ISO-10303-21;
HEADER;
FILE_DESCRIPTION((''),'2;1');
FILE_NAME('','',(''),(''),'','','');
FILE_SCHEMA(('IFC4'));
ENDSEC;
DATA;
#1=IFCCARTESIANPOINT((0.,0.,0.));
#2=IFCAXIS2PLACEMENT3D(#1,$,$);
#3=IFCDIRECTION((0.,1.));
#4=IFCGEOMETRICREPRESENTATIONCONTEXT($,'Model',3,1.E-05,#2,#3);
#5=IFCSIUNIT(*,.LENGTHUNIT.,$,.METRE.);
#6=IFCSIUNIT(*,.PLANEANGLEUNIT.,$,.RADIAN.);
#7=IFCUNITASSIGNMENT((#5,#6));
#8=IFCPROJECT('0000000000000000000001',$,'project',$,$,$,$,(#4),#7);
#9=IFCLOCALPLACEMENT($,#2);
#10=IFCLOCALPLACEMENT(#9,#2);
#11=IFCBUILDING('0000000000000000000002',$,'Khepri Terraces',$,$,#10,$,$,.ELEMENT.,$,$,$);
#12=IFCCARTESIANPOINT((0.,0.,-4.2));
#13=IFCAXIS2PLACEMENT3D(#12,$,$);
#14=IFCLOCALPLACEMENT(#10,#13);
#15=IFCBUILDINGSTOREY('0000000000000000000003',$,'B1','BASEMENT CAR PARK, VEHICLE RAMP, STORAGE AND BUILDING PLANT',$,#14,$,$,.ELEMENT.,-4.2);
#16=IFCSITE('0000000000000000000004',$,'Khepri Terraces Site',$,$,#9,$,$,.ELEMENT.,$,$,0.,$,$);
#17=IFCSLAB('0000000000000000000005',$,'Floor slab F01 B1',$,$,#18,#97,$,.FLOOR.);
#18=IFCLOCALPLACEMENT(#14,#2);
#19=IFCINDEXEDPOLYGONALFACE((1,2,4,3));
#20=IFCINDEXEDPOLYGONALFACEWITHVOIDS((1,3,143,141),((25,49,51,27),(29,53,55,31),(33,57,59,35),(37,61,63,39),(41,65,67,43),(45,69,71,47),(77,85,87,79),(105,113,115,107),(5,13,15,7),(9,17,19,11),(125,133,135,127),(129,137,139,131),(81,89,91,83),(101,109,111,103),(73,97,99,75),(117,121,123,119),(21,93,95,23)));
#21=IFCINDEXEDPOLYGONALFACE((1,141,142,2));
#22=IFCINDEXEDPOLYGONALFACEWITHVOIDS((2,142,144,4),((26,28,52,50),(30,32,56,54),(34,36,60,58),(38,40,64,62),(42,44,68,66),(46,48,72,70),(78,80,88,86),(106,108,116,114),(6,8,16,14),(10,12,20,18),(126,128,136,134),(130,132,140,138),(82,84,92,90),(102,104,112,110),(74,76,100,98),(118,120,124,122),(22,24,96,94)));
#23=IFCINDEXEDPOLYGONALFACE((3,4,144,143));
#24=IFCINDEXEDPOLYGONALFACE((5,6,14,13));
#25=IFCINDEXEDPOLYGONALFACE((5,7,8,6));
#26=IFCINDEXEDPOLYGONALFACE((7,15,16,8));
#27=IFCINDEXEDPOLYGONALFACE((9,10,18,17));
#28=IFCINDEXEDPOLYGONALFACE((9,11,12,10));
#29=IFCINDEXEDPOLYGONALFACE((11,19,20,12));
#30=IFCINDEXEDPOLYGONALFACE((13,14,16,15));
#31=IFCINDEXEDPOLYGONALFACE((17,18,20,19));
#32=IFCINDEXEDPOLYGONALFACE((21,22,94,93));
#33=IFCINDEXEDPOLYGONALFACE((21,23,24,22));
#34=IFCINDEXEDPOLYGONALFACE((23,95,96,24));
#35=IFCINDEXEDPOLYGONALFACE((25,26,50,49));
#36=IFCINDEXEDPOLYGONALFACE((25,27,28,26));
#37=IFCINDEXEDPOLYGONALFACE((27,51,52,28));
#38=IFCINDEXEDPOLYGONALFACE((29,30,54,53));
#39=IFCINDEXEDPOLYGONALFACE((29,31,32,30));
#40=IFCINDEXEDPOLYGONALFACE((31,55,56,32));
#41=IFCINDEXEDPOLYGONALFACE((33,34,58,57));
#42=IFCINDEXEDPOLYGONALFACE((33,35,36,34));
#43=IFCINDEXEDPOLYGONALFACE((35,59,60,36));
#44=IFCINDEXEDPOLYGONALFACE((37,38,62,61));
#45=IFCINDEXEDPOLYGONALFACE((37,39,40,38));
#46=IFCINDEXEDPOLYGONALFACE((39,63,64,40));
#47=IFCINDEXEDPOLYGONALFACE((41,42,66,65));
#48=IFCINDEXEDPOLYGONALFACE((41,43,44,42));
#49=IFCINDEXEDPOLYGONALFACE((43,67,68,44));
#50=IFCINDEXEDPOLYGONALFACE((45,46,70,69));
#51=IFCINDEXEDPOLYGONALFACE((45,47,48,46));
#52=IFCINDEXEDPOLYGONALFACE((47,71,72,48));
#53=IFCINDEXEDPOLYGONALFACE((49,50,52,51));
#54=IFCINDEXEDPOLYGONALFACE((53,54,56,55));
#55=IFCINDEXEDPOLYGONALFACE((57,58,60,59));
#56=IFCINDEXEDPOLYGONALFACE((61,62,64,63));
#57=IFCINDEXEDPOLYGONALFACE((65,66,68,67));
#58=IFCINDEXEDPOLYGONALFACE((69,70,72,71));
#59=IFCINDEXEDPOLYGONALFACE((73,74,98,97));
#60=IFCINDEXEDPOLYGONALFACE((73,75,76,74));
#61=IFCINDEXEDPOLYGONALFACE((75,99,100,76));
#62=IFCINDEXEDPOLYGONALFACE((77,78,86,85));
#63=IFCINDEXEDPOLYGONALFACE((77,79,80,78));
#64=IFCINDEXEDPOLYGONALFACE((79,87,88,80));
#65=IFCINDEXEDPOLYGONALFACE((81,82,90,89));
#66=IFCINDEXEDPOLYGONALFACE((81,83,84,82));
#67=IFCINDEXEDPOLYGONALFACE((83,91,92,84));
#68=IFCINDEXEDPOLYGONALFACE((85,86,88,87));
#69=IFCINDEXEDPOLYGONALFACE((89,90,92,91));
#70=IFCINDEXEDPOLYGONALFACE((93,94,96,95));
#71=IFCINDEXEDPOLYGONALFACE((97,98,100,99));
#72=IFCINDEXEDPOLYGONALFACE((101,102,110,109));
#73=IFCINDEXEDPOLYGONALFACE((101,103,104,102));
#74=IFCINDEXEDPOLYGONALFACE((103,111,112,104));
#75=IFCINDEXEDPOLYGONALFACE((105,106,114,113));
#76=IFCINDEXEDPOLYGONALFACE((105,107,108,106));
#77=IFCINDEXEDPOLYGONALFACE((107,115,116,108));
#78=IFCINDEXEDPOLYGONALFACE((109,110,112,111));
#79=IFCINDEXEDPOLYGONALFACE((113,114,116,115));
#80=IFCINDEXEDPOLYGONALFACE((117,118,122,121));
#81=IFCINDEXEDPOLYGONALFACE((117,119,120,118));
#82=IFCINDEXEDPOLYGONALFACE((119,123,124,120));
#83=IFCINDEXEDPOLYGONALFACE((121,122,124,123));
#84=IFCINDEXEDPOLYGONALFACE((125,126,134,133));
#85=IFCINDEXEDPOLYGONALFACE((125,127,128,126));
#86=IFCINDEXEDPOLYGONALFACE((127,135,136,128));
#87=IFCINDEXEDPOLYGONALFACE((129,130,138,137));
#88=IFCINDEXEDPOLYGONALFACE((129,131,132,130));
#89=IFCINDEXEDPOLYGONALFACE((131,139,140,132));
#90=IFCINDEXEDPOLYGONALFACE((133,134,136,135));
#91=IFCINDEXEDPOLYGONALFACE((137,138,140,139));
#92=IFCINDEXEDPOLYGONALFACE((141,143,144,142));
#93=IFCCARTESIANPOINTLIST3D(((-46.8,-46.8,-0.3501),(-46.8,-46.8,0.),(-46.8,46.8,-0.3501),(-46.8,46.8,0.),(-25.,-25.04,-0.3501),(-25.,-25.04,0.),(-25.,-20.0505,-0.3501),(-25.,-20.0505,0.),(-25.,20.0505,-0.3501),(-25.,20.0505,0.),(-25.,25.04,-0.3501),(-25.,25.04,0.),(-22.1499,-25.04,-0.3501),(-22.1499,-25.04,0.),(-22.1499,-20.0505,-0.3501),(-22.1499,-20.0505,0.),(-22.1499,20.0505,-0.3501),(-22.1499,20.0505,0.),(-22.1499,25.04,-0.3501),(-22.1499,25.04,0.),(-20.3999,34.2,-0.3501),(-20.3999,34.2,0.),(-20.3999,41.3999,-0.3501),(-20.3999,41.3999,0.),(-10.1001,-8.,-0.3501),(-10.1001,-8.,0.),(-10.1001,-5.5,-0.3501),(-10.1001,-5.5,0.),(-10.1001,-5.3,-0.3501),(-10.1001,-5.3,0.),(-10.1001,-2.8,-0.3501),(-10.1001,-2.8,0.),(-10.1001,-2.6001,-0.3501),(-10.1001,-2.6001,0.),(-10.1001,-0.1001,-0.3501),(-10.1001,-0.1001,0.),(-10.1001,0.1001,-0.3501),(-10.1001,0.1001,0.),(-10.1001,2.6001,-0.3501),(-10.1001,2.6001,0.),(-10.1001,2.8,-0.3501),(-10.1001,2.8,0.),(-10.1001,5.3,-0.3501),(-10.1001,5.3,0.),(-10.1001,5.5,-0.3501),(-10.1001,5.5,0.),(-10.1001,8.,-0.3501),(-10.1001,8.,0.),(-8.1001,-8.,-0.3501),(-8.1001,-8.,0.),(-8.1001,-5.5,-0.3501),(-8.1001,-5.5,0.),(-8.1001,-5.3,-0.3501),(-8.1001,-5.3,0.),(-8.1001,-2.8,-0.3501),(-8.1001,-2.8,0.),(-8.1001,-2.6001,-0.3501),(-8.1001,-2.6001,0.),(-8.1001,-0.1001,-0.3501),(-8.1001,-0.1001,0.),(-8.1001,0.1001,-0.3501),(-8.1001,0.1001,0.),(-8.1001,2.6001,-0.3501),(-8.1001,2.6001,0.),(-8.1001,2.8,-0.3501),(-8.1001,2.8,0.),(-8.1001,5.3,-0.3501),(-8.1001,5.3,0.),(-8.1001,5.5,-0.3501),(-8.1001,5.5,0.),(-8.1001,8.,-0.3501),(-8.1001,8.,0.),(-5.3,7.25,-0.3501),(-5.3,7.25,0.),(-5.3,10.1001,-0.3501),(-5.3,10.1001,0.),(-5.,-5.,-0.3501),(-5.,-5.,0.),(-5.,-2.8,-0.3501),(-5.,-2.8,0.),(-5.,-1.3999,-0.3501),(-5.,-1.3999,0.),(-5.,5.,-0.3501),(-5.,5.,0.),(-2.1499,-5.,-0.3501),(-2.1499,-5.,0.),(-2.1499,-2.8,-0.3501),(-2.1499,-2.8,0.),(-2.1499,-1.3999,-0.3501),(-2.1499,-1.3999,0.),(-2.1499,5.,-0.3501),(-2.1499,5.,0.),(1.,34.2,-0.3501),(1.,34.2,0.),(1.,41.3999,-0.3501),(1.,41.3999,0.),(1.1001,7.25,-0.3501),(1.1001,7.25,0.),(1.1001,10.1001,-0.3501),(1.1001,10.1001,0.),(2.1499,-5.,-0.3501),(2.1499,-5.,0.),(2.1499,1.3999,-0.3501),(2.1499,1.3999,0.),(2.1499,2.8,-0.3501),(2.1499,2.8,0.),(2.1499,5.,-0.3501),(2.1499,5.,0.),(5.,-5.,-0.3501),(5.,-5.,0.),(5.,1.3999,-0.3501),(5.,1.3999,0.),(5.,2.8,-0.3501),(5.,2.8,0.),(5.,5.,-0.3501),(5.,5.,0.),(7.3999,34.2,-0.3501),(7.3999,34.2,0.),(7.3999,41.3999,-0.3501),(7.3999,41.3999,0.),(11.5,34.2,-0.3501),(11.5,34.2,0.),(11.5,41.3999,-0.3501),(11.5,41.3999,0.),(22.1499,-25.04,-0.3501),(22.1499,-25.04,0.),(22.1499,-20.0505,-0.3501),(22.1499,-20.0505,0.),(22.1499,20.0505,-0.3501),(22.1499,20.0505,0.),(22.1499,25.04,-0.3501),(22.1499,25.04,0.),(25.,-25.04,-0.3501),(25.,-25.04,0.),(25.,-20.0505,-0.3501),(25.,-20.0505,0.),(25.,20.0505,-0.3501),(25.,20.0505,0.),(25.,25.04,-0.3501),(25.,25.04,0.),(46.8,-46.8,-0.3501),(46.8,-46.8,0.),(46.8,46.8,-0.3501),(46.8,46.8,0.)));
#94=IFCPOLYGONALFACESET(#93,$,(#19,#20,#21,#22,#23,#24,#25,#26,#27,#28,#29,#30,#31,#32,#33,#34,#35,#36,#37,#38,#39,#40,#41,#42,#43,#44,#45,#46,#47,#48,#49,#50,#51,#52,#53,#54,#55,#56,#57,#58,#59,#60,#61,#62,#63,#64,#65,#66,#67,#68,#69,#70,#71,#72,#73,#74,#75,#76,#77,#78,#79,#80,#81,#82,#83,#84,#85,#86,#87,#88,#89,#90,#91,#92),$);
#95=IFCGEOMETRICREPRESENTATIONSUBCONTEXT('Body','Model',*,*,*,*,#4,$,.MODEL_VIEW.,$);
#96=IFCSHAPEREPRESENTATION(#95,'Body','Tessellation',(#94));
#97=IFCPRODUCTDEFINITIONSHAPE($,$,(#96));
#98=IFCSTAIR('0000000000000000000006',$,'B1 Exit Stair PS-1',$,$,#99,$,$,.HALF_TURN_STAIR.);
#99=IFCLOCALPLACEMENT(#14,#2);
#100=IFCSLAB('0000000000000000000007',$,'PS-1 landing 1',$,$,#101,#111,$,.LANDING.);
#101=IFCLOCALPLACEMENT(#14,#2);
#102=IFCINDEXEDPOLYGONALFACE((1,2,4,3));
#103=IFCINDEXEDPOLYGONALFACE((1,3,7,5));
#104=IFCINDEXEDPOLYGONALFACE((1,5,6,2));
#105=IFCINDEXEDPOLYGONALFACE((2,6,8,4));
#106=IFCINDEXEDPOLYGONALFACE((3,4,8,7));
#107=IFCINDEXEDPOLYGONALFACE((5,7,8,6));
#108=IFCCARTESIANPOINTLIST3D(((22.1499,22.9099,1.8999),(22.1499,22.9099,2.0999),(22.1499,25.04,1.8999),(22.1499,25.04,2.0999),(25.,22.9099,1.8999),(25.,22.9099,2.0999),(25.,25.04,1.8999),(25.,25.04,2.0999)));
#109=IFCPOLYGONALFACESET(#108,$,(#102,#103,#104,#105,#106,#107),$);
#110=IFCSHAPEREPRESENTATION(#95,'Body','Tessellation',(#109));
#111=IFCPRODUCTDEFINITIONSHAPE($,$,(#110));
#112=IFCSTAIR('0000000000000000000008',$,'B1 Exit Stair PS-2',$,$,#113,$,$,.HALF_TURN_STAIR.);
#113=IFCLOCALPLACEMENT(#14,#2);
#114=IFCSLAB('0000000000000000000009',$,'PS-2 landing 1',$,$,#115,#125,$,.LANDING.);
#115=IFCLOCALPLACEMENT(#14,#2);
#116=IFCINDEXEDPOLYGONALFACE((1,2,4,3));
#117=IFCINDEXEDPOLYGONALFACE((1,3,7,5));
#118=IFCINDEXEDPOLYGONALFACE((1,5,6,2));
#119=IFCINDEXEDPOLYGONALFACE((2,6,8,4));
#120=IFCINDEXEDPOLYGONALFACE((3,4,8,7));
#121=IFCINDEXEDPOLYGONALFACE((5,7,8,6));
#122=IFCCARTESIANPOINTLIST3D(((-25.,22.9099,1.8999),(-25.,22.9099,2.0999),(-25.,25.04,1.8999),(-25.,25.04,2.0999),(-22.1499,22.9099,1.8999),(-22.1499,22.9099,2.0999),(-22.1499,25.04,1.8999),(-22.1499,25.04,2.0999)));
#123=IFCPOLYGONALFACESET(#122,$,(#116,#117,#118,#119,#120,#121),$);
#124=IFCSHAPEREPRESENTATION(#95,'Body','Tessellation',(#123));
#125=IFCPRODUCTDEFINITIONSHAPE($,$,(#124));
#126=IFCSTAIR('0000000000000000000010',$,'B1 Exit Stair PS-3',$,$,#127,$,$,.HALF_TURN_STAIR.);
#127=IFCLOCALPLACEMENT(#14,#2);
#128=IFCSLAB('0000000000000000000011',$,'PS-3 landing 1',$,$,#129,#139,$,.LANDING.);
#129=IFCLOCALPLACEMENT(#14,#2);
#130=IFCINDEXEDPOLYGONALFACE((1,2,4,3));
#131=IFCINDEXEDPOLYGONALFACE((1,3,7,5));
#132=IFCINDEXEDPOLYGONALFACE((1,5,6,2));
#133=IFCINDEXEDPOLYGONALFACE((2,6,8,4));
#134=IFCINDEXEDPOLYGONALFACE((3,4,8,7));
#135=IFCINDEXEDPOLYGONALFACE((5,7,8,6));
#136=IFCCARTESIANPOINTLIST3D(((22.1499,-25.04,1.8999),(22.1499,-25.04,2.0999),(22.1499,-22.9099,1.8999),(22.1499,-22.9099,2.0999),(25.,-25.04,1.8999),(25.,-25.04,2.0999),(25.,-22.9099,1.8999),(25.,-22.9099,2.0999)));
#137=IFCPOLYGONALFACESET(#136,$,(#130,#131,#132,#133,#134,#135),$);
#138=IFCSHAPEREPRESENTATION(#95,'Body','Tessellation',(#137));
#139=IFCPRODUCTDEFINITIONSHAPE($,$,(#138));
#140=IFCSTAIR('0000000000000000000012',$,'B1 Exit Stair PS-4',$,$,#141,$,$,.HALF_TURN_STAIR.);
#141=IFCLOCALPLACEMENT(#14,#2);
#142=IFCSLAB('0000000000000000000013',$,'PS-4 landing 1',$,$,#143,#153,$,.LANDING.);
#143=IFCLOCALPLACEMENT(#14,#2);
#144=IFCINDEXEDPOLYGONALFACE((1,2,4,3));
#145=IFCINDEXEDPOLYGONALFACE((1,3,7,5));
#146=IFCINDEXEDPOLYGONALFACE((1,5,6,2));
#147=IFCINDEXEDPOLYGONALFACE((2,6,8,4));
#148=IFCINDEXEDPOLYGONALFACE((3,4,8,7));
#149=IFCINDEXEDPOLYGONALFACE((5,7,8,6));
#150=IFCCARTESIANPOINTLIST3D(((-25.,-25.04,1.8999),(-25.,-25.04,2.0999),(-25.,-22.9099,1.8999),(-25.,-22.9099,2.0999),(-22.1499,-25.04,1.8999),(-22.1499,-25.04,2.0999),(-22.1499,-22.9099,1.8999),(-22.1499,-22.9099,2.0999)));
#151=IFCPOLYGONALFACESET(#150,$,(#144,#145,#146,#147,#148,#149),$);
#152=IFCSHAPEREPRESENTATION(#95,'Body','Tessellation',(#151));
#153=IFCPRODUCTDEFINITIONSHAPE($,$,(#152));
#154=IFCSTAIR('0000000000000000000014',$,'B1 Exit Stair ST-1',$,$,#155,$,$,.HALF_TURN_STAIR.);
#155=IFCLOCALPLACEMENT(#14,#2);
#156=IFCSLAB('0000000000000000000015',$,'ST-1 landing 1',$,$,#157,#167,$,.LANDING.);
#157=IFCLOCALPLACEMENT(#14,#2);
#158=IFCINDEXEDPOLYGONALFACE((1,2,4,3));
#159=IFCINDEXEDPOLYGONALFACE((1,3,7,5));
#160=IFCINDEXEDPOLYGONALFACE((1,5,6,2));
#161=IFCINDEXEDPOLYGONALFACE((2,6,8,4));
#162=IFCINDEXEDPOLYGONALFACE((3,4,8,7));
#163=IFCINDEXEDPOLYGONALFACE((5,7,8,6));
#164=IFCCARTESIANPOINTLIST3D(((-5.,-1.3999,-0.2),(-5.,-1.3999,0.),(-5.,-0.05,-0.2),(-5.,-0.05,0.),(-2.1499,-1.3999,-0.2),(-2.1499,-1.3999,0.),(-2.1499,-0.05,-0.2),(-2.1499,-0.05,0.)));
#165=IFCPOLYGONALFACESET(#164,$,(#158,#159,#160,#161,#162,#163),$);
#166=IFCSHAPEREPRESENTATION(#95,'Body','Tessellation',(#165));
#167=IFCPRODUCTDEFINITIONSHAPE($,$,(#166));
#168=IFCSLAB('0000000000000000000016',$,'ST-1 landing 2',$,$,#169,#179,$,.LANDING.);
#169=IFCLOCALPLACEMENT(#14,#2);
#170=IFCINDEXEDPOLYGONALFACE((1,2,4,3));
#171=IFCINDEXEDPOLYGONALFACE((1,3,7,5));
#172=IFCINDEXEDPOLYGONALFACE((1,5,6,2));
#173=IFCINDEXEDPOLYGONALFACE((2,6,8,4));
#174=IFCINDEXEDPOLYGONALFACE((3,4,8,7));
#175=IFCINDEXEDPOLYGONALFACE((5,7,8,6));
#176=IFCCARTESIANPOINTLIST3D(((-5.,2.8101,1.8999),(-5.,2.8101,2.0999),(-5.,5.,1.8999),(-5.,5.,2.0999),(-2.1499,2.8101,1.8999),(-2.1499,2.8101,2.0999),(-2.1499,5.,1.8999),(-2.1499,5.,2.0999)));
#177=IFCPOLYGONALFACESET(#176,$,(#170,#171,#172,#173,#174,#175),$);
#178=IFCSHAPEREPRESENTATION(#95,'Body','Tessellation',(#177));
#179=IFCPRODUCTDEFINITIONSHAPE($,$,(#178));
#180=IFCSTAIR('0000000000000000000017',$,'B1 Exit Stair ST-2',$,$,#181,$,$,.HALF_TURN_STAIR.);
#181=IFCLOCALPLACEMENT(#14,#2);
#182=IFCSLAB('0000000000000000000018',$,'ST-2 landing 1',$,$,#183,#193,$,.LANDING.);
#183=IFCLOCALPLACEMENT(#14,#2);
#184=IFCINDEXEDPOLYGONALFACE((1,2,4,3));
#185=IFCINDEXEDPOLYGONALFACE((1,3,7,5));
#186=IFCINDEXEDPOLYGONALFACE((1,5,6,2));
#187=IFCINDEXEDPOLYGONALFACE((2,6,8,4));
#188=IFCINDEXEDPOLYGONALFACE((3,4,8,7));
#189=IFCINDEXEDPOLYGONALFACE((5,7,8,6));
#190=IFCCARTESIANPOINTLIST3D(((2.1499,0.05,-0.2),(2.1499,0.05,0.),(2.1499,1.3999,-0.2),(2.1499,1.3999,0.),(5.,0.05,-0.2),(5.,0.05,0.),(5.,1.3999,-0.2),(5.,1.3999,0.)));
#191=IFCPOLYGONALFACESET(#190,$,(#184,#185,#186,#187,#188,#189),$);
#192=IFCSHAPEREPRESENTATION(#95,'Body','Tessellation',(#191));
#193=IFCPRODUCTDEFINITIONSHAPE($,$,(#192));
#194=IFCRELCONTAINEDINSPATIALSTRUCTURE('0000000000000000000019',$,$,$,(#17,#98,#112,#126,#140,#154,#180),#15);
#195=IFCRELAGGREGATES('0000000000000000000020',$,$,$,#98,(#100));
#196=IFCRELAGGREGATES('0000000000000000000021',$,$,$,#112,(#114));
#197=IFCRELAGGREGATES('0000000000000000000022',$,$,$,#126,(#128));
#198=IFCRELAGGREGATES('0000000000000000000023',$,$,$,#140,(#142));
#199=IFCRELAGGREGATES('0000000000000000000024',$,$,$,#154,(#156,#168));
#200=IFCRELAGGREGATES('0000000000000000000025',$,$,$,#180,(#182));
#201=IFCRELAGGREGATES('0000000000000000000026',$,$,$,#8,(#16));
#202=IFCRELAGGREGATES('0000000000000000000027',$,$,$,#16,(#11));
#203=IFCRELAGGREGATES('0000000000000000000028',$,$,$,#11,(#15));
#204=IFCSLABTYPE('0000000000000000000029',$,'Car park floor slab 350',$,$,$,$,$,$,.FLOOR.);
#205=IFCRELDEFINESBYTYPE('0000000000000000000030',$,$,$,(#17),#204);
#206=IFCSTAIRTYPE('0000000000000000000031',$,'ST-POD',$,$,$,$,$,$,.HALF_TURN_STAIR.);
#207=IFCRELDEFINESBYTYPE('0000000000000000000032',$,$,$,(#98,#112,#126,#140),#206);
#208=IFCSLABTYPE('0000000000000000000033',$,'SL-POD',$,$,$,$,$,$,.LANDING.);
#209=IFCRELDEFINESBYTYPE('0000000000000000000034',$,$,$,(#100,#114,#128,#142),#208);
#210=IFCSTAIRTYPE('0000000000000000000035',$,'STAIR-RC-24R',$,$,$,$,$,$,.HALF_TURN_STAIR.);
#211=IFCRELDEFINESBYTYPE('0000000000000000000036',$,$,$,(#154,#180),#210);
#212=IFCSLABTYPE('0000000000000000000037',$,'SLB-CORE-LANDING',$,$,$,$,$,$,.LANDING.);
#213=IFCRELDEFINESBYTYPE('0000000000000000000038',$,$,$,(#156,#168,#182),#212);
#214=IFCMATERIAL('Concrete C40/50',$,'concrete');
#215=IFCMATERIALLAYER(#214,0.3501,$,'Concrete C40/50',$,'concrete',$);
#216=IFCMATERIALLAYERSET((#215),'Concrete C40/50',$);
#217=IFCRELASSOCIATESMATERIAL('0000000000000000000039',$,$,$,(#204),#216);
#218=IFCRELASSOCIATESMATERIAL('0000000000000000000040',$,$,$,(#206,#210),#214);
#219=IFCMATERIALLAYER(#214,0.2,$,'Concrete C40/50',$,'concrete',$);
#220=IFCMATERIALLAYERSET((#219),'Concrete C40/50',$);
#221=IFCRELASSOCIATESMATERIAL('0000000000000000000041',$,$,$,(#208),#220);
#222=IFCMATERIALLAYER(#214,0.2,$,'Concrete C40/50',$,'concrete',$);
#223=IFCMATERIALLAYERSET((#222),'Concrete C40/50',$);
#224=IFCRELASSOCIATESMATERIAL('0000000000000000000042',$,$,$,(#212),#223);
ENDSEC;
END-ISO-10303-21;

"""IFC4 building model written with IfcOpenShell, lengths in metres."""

from ifc_helpers import new_model, si_unit, direction, frame, origin, place, context, subcontext, project, spatial, polyline, outline, extrude, material, layer, layer_set, type_object, element, aggregate, save


model = new_model("IFC4")

# Units and contexts
model_context = context("Model", 3, precision=1e-05, world=origin(), true_north=direction((0.0, 1.0)))
body_context = subcontext(model_context, "Body", "Model", "MODEL_VIEW")
ifc_project = project(units=[si_unit("LENGTHUNIT", "METRE"), si_unit("PLANEANGLEUNIT", "RADIAN")], contexts=[model_context])

# Site, building, storey
site_placement = place(None, origin())
site = spatial("IfcSite", under=ifc_project, at=site_placement, Name="Khepri Terraces Site", CompositionType="ELEMENT", RefElevation=0.0)
building_placement = place(site_placement, origin())
building = spatial("IfcBuilding", under=site, at=building_placement, Name="Khepri Terraces", CompositionType="ELEMENT")
storey_placement = place(building_placement, frame((0.0, 0.0, -4.2)))
storey = spatial("IfcBuildingStorey", under=building, at=storey_placement, Name="B1", Description="BASEMENT CAR PARK, VEHICLE RAMP, STORAGE AND BUILDING PLANT", CompositionType="ELEMENT", Elevation=-4.2)

# Slab
ifc_material_1 = material(Name="Concrete C40/50", Category="concrete")
ifc_layer_1 = layer(ifc_material_1, 0.3501, Name="Concrete C40/50", Category="concrete")
ifc_layer_set_1 = layer_set([ifc_layer_1], Name="Concrete C40/50")
slab_type_1 = type_object("IfcSlabType", Name="Car park floor slab 350", PredefinedType="FLOOR", material=ifc_layer_set_1)
slab_1_placement = place(storey_placement, frame((0.0, 0.0, -0.3501)))
element("IfcSlab", 1, at=slab_1_placement, inside=storey, type_object=slab_type_1, Name="Floor slab F01 B1", PredefinedType="FLOOR", context=body_context, shape_type="SweptSolid", body=[
    extrude(outline(polyline([(-46.8, -46.8), (-46.8, 46.8), (46.8, 46.8), (46.8, -46.8), (-46.8, -46.8)]), holes=[polyline([(5.0, 5.0), (2.1499, 5.0), (2.1499, 2.8), (5.0, 2.8), (5.0, 5.0)]), polyline([(-2.1499, -5.0), (-2.1499, -2.8), (-5.0, -2.8), (-5.0, -5.0), (-2.1499, -5.0)]), polyline([(-10.1001, -8.0), (-8.1001, -8.0), (-8.1001, -5.5), (-10.1001, -5.5), (-10.1001, -8.0)]), polyline([(-10.1001, -2.8), (-10.1001, -5.3), (-8.1001, -5.3), (-8.1001, -2.8), (-10.1001, -2.8)]), polyline([(-8.1001, -0.1001), (-10.1001, -0.1001), (-10.1001, -2.6001), (-8.1001, -2.6001), (-8.1001, -0.1001)]), polyline([(-8.1001, 0.1001), (-8.1001, 2.6001), (-10.1001, 2.6001), (-10.1001, 0.1001), (-8.1001, 0.1001)]), polyline([(-10.1001, 2.8), (-8.1001, 2.8), (-8.1001, 5.3), (-10.1001, 5.3), (-10.1001, 2.8)]), polyline([(-10.1001, 8.0), (-10.1001, 5.5), (-8.1001, 5.5), (-8.1001, 8.0), (-10.1001, 8.0)]), polyline([(-2.1499, 5.0), (-5.0, 5.0), (-5.0, -1.3999), (-2.1499, -1.3999), (-2.1499, 5.0)]), polyline([(2.1499, 1.3999), (2.1499, -5.0), (5.0, -5.0), (5.0, 1.3999), (2.1499, 1.3999)]), polyline([(1.1001, 7.25), (1.1001, 10.1001), (-5.3, 10.1001), (-5.3, 7.25), (1.1001, 7.25)]), polyline([(25.0, 20.0505), (25.0, 25.04), (22.1499, 25.04), (22.1499, 20.0505), (25.0, 20.0505)]), polyline([(-25.0, 20.0505), (-22.1499, 20.0505), (-22.1499, 25.04), (-25.0, 25.04), (-25.0, 20.0505)]), polyline([(25.0, -25.04), (25.0, -20.0505), (22.1499, -20.0505), (22.1499, -25.04), (25.0, -25.04)]), polyline([(-25.0, -25.04), (-22.1499, -25.04), (-22.1499, -20.0505), (-25.0, -20.0505), (-25.0, -25.04)]), polyline([(7.3999, 41.3999), (7.3999, 34.2), (11.5, 34.2), (11.5, 41.3999), (7.3999, 41.3999)]), polyline([(1.0, 41.3999), (-20.3999, 41.3999), (-20.3999, 34.2), (1.0, 34.2), (1.0, 41.3999)])]), origin(), (0.0, 0.0, 1.0), 0.3501),
])

# Stairs, slabs
stair_type_1 = type_object("IfcStairType", Name="ST-POD", PredefinedType="HALF_TURN_STAIR", material=ifc_material_1)
stair_1_placement = place(storey_placement, origin())
stair_1 = element("IfcStair", 2, at=stair_1_placement, inside=storey, type_object=stair_type_1, Name="B1 Exit Stair PS-1", PredefinedType="HALF_TURN_STAIR")
ifc_layer_2 = layer(ifc_material_1, 0.2, Name="Concrete C40/50", Category="concrete")
ifc_layer_set_2 = layer_set([ifc_layer_2], Name="Concrete C40/50")
slab_type_2 = type_object("IfcSlabType", Name="SL-POD", PredefinedType="LANDING", material=ifc_layer_set_2)
slab_2_placement = place(storey_placement, frame((0.0, 0.0, 1.8999)))
slab_2 = element("IfcSlab", 3, at=slab_2_placement, type_object=slab_type_2, Name="PS-1 landing 1", PredefinedType="LANDING", context=body_context, shape_type="SweptSolid", body=[
    extrude(outline(polyline([(25.0, 22.9099), (25.0, 25.04), (22.1499, 25.04), (22.1499, 22.9099), (25.0, 22.9099)])), origin(), (0.0, 0.0, 1.0), 0.2),
])
aggregate(stair_1, [slab_2])
stair_2_placement = place(storey_placement, origin())
stair_2 = element("IfcStair", 4, at=stair_2_placement, inside=storey, type_object=stair_type_1, Name="B1 Exit Stair PS-2", PredefinedType="HALF_TURN_STAIR")
slab_3_placement = place(storey_placement, frame((0.0, 0.0, 1.8999)))
slab_3 = element("IfcSlab", 5, at=slab_3_placement, type_object=slab_type_2, Name="PS-2 landing 1", PredefinedType="LANDING", context=body_context, shape_type="SweptSolid", body=[
    extrude(outline(polyline([(-22.1499, 22.9099), (-22.1499, 25.04), (-25.0, 25.04), (-25.0, 22.9099), (-22.1499, 22.9099)])), origin(), (0.0, 0.0, 1.0), 0.2),
])
aggregate(stair_2, [slab_3])
stair_3_placement = place(storey_placement, origin())
stair_3 = element("IfcStair", 6, at=stair_3_placement, inside=storey, type_object=stair_type_1, Name="B1 Exit Stair PS-3", PredefinedType="HALF_TURN_STAIR")
slab_4_placement = place(storey_placement, frame((0.0, 0.0, 1.8999)))
slab_4 = element("IfcSlab", 7, at=slab_4_placement, type_object=slab_type_2, Name="PS-3 landing 1", PredefinedType="LANDING", context=body_context, shape_type="SweptSolid", body=[
    extrude(outline(polyline([(22.1499, -22.9099), (22.1499, -25.04), (25.0, -25.04), (25.0, -22.9099), (22.1499, -22.9099)])), origin(), (0.0, 0.0, 1.0), 0.2),
])
aggregate(stair_3, [slab_4])
stair_4_placement = place(storey_placement, origin())
stair_4 = element("IfcStair", 8, at=stair_4_placement, inside=storey, type_object=stair_type_1, Name="B1 Exit Stair PS-4", PredefinedType="HALF_TURN_STAIR")
slab_5_placement = place(storey_placement, frame((0.0, 0.0, 1.8999)))
slab_5 = element("IfcSlab", 9, at=slab_5_placement, type_object=slab_type_2, Name="PS-4 landing 1", PredefinedType="LANDING", context=body_context, shape_type="SweptSolid", body=[
    extrude(outline(polyline([(-25.0, -22.9099), (-25.0, -25.04), (-22.1499, -25.04), (-22.1499, -22.9099), (-25.0, -22.9099)])), origin(), (0.0, 0.0, 1.0), 0.2),
])
aggregate(stair_4, [slab_5])

# Stairs, slabs
stair_type_2 = type_object("IfcStairType", Name="STAIR-RC-24R", PredefinedType="HALF_TURN_STAIR", material=ifc_material_1)
stair_5_placement = place(storey_placement, origin())
stair_5 = element("IfcStair", 10, at=stair_5_placement, inside=storey, type_object=stair_type_2, Name="B1 Exit Stair ST-1", PredefinedType="HALF_TURN_STAIR")
ifc_layer_3 = layer(ifc_material_1, 0.2, Name="Concrete C40/50", Category="concrete")
ifc_layer_set_3 = layer_set([ifc_layer_3], Name="Concrete C40/50")
slab_type_3 = type_object("IfcSlabType", Name="SLB-CORE-LANDING", PredefinedType="LANDING", material=ifc_layer_set_3)
slab_6_placement = place(storey_placement, frame((0.0, 0.0, -0.2)))
slab_6 = element("IfcSlab", 11, at=slab_6_placement, type_object=slab_type_3, Name="ST-1 landing 1", PredefinedType="LANDING", context=body_context, shape_type="SweptSolid", body=[
    extrude(outline(polyline([(-2.1499, -1.3999), (-2.1499, -0.05), (-5.0, -0.05), (-5.0, -1.3999), (-2.1499, -1.3999)])), origin(), (0.0, 0.0, 1.0), 0.2),
])
slab_7_placement = place(storey_placement, frame((0.0, 0.0, 1.8999)))
slab_7 = element("IfcSlab", 12, at=slab_7_placement, type_object=slab_type_3, Name="ST-1 landing 2", PredefinedType="LANDING", context=body_context, shape_type="SweptSolid", body=[
    extrude(outline(polyline([(-2.1499, 2.8101), (-2.1499, 5.0), (-5.0, 5.0), (-5.0, 2.8101), (-2.1499, 2.8101)])), origin(), (0.0, 0.0, 1.0), 0.2),
])
aggregate(stair_5, [slab_6, slab_7])
stair_6_placement = place(storey_placement, origin())
stair_6 = element("IfcStair", 13, at=stair_6_placement, inside=storey, type_object=stair_type_2, Name="B1 Exit Stair ST-2", PredefinedType="HALF_TURN_STAIR")
slab_8_placement = place(storey_placement, frame((0.0, 0.0, -0.2)))
slab_8 = element("IfcSlab", 14, at=slab_8_placement, type_object=slab_type_3, Name="ST-2 landing 1", PredefinedType="LANDING", context=body_context, shape_type="SweptSolid", body=[
    extrude(outline(polyline([(2.1499, 1.3999), (2.1499, 0.05), (5.0, 0.05), (5.0, 1.3999), (2.1499, 1.3999)])), origin(), (0.0, 0.0, 1.0), 0.2),
])

aggregate(stair_6, [slab_8])

save(model, "model.ifc")
